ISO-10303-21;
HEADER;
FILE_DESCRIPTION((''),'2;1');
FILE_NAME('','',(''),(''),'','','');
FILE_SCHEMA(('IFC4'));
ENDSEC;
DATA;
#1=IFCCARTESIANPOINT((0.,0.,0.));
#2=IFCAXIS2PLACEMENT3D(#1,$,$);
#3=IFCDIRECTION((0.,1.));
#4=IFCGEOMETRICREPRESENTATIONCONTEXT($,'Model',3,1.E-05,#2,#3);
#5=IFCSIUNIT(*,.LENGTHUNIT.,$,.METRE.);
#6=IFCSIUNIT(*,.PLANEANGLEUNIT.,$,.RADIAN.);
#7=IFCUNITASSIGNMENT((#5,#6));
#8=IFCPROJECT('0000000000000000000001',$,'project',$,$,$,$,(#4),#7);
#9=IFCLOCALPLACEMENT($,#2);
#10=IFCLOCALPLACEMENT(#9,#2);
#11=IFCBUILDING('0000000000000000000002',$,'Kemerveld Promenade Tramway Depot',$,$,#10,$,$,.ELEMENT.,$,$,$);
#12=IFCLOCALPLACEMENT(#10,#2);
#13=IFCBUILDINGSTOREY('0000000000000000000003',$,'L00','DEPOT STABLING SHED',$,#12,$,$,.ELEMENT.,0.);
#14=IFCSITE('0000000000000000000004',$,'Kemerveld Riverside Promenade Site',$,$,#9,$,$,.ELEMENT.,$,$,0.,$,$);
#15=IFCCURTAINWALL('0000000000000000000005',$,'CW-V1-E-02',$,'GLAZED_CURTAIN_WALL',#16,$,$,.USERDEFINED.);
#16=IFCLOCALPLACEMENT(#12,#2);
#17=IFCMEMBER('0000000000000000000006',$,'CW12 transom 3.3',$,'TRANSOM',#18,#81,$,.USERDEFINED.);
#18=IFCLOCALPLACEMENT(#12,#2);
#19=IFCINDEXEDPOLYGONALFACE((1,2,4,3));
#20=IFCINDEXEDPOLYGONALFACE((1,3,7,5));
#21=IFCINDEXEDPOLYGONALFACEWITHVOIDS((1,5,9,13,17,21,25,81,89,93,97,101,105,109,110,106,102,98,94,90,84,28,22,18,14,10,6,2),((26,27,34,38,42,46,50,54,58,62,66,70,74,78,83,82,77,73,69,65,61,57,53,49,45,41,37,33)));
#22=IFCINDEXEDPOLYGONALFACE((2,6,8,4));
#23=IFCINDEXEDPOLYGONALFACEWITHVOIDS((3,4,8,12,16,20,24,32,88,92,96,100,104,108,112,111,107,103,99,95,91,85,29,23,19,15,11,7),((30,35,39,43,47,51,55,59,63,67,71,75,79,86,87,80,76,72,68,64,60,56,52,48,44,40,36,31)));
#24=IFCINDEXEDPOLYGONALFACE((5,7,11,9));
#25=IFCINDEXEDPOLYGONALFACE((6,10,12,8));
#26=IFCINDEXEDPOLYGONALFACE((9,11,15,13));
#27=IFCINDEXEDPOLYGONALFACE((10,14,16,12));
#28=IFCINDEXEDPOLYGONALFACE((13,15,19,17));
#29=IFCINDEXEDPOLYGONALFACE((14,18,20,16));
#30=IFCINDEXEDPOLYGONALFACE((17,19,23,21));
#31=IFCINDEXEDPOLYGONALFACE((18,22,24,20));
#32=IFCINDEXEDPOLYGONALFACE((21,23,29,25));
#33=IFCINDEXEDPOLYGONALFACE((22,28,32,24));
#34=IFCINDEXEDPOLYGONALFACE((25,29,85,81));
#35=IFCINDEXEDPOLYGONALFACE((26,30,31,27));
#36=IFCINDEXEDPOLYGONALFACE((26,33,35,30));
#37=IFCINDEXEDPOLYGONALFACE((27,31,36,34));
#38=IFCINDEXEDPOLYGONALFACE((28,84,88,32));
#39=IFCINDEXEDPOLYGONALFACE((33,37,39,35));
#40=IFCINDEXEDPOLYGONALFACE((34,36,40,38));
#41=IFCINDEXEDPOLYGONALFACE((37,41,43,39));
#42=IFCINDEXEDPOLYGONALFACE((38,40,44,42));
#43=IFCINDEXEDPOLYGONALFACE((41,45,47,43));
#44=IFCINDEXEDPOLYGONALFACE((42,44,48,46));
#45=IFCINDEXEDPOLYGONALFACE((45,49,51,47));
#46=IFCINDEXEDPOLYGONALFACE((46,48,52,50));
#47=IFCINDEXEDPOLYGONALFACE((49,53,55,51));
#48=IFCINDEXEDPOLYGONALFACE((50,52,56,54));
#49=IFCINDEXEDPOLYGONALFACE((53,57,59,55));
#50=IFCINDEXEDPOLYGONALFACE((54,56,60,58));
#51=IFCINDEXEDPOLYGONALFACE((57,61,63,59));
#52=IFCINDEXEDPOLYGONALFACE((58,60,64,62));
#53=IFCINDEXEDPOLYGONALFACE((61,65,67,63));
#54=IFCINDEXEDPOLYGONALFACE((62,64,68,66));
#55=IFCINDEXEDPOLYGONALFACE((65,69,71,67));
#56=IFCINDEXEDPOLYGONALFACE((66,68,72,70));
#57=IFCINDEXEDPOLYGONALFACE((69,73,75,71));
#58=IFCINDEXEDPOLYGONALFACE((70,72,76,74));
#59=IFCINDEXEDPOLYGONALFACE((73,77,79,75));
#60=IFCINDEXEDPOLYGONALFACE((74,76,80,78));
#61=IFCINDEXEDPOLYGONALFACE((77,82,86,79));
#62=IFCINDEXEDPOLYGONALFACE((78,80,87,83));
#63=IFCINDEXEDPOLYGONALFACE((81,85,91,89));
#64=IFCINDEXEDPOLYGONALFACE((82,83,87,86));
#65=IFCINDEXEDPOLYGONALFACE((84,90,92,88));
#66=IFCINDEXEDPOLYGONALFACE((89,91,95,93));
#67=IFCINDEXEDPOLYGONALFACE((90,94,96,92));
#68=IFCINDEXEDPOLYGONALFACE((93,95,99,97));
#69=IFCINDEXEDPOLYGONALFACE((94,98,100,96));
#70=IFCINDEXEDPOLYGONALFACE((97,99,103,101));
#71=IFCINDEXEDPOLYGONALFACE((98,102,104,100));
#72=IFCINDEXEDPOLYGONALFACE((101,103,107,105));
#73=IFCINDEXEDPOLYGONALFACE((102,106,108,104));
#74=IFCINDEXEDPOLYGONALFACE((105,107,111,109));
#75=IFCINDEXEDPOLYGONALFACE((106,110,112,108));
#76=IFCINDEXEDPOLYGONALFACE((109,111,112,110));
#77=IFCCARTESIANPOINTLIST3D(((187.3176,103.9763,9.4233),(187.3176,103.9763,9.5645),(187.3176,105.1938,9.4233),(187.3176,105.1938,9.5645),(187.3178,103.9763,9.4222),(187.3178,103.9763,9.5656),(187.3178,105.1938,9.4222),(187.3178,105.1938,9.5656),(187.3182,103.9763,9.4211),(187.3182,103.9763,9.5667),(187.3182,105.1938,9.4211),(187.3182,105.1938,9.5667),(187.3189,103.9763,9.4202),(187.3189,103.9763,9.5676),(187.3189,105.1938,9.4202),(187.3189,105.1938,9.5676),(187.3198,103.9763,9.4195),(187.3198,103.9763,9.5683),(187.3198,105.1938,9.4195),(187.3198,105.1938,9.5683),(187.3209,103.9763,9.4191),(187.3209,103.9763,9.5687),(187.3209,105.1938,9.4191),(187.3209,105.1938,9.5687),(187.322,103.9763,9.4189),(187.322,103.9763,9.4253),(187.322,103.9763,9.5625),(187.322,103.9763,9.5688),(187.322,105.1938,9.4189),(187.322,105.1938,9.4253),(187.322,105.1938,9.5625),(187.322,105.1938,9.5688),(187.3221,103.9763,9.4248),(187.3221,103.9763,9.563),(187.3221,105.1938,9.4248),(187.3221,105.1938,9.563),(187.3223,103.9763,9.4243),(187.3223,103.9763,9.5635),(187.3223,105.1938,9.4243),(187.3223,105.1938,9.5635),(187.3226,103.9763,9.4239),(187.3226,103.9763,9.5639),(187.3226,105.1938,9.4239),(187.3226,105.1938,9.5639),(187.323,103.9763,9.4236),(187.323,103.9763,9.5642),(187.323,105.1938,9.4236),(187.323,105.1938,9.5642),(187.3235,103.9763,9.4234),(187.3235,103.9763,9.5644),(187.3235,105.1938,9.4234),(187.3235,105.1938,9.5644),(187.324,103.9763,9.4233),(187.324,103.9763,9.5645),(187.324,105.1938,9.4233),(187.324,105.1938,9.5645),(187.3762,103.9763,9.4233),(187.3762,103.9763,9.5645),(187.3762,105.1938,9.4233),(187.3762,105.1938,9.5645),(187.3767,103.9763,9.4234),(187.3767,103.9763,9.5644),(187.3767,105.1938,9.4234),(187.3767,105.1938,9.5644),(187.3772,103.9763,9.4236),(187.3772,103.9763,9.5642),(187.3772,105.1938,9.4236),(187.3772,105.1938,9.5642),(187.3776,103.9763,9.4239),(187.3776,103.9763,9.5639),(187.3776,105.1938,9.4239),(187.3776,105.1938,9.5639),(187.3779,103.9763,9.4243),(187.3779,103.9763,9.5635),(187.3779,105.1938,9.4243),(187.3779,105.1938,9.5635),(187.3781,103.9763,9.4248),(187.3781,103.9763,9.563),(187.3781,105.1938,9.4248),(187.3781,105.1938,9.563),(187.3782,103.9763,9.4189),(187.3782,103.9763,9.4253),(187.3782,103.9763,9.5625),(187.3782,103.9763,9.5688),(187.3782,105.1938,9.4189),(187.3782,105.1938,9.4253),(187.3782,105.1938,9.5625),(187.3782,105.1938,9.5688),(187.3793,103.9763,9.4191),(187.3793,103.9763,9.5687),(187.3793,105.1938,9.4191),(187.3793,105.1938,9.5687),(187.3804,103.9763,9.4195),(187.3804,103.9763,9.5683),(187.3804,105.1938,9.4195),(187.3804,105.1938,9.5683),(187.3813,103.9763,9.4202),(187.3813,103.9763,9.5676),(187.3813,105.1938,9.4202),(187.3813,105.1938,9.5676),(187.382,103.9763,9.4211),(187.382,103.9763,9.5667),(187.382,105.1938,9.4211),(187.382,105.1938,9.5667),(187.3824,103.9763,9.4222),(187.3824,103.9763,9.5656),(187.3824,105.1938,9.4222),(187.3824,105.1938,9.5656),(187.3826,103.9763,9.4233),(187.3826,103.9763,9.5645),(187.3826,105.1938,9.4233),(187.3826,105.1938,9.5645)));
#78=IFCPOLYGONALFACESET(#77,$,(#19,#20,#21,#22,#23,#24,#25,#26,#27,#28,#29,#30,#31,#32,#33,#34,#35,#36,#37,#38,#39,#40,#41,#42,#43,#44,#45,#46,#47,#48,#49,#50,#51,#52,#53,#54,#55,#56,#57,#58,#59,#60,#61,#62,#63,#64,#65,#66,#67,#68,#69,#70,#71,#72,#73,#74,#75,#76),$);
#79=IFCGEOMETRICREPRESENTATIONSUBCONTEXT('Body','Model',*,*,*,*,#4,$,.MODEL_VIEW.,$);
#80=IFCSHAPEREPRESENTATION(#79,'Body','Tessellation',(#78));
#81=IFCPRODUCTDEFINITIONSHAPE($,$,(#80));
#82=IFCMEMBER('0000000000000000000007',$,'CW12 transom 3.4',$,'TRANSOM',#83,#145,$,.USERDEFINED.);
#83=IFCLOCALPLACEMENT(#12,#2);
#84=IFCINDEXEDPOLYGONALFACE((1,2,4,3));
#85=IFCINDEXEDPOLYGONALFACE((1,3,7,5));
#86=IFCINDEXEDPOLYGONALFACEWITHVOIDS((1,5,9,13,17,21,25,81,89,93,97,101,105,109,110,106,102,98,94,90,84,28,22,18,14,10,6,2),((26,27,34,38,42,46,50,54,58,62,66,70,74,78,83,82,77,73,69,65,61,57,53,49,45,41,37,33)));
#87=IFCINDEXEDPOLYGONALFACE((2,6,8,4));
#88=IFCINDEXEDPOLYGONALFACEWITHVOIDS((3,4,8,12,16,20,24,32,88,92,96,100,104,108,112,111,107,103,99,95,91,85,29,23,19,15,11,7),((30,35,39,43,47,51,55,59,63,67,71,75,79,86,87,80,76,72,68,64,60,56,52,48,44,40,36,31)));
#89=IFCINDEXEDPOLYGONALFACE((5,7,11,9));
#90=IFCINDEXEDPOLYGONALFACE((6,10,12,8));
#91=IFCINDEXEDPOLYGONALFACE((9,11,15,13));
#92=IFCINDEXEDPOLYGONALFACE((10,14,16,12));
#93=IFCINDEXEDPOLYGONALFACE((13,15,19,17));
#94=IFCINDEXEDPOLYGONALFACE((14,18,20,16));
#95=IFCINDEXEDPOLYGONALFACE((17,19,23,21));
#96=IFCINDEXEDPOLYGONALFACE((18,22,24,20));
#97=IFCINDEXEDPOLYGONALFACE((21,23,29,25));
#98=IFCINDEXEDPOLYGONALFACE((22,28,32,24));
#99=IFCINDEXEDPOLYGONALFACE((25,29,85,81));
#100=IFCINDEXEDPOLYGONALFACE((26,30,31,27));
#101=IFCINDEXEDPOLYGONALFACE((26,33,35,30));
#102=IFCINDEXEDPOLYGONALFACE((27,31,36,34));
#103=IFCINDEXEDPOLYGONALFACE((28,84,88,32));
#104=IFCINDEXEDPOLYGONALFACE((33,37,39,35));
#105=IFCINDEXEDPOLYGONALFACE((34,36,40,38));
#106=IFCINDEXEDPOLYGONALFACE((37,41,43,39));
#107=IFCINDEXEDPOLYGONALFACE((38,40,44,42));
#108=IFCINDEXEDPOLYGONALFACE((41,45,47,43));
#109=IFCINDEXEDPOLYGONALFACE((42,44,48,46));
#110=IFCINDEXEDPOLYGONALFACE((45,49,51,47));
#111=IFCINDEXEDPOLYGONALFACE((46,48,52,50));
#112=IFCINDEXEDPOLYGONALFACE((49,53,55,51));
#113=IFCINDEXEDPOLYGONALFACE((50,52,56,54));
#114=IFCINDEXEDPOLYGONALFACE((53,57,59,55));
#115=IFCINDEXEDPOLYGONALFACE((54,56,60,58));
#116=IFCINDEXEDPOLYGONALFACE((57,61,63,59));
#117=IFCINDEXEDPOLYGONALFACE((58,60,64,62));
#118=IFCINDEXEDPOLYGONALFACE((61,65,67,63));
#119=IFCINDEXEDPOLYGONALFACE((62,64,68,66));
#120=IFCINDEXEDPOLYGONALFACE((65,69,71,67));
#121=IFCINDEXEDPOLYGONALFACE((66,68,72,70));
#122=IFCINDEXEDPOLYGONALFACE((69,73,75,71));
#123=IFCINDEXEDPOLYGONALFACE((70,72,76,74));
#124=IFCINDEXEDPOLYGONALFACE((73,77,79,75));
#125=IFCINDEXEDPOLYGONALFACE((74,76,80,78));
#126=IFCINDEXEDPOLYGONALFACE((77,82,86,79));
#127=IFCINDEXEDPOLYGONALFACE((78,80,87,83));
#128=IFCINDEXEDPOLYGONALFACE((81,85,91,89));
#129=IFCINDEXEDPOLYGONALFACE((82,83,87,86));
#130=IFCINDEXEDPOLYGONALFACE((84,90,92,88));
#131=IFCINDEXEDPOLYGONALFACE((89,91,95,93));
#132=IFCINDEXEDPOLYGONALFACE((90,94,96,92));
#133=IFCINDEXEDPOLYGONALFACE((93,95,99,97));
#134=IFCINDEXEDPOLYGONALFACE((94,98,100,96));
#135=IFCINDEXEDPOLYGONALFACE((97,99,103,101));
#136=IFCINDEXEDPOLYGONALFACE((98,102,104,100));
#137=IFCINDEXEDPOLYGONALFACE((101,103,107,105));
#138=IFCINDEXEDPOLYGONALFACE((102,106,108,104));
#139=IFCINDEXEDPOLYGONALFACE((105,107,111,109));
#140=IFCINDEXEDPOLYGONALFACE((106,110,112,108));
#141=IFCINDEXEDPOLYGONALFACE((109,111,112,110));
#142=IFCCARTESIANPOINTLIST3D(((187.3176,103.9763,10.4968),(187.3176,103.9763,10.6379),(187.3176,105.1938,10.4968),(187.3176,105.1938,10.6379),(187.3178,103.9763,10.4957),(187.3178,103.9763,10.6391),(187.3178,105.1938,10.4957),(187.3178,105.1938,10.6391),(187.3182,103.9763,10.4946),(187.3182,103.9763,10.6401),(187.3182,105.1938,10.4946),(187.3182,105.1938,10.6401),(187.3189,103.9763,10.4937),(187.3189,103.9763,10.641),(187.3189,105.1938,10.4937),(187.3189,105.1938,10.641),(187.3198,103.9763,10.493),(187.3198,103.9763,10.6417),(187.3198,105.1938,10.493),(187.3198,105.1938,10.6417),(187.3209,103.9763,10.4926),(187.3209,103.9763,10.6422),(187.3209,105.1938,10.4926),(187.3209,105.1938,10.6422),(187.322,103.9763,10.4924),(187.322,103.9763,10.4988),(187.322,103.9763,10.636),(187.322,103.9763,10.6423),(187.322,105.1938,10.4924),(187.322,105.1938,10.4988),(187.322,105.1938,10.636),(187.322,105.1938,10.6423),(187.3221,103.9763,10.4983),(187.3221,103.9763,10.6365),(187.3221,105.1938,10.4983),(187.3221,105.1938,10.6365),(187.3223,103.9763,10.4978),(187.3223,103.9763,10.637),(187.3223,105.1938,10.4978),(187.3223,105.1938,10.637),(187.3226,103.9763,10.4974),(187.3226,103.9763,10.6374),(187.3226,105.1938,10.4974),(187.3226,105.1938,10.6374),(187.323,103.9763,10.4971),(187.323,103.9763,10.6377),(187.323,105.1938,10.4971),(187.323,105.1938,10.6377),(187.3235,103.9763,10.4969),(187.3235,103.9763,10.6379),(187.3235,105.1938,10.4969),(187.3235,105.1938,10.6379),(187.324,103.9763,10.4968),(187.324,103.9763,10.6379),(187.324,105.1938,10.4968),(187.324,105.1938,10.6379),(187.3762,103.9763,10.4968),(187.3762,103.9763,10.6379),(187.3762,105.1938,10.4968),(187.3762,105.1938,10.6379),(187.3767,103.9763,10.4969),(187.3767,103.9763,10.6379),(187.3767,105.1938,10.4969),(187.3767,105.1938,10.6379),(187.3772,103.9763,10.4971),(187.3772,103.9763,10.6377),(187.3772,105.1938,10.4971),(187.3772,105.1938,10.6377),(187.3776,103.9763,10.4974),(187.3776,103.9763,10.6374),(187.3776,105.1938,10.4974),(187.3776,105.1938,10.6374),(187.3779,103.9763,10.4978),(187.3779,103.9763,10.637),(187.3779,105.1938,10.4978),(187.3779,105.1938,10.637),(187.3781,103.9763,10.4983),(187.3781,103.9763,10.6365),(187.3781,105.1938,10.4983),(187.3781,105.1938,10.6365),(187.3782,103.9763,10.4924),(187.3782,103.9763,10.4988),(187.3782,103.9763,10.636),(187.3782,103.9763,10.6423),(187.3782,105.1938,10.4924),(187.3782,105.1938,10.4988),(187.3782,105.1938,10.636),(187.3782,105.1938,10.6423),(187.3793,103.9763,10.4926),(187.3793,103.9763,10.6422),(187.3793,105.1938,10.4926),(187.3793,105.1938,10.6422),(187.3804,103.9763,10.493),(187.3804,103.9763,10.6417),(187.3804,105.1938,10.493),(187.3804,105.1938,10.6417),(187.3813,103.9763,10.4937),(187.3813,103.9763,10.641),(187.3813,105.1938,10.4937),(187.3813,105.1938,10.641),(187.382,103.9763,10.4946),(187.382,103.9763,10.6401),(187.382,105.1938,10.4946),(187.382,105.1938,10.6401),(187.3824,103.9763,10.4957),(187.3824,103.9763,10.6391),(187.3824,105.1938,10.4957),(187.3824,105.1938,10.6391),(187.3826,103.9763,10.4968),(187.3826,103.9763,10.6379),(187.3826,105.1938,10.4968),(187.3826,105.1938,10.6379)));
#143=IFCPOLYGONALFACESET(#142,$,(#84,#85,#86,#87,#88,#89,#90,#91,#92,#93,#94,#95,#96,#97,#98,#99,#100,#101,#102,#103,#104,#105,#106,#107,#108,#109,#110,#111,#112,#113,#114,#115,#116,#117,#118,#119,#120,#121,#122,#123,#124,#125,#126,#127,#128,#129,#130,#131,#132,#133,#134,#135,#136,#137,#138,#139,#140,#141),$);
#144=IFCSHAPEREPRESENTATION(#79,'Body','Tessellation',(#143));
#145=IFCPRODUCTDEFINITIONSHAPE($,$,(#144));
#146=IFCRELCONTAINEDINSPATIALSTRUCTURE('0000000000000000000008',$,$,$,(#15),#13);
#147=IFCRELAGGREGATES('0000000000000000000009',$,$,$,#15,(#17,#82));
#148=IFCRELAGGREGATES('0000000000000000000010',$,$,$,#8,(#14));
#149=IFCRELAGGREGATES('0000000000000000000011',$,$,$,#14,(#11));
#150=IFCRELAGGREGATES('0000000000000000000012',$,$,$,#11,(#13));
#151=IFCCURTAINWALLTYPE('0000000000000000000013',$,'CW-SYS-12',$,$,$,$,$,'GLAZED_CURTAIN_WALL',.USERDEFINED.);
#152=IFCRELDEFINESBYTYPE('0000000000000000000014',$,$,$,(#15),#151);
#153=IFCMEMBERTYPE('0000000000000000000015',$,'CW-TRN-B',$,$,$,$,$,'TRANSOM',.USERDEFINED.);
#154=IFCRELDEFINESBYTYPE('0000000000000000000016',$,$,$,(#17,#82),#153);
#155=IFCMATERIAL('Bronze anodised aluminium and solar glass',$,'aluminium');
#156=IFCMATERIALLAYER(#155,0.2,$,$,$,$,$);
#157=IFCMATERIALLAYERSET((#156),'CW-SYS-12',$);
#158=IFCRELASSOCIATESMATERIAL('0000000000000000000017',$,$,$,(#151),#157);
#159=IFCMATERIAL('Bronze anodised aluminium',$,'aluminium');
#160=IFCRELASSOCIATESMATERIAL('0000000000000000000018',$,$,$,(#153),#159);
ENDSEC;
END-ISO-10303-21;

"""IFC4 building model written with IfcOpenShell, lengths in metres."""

from ifc_helpers import new_model, si_unit, direction, frame, origin, origin_2d, place, context, subcontext, project, spatial, hollow_rectangle, extrude, material, layer, layer_set, material_profile, profile_set, type_object, element, aggregate, save


model = new_model("IFC4")

# Units and contexts
model_context = context("Model", 3, precision=1e-05, world=origin(), true_north=direction((0.0, 1.0)))
body_context = subcontext(model_context, "Body", "Model", "MODEL_VIEW")
ifc_project = project(units=[si_unit("LENGTHUNIT", "METRE"), si_unit("PLANEANGLEUNIT", "RADIAN")], contexts=[model_context])

# Site, building, storey
site_placement = place(None, origin())
site = spatial("IfcSite", under=ifc_project, at=site_placement, Name="Kemerveld Riverside Promenade Site", CompositionType="ELEMENT", RefElevation=0.0)
building_placement = place(site_placement, origin())
building = spatial("IfcBuilding", under=site, at=building_placement, Name="Kemerveld Promenade Tramway Depot", CompositionType="ELEMENT")
storey_placement = place(building_placement, origin())
storey = spatial("IfcBuildingStorey", under=building, at=storey_placement, Name="L00", Description="DEPOT STABLING SHED", CompositionType="ELEMENT", Elevation=0.0)

# Curtain wall, members
ifc_material_1 = material(Name="Bronze anodised aluminium and solar glass", Category="aluminium")
ifc_material_2 = material(Name="Bronze anodised aluminium", Category="aluminium")
ifc_layer_1 = layer(ifc_material_1, 0.2)
ifc_layer_set_1 = layer_set([ifc_layer_1], Name="CW-SYS-12")
curtain_wall_type_1 = type_object("IfcCurtainWallType", Name="CW-SYS-12", ElementType="GLAZED_CURTAIN_WALL", PredefinedType="USERDEFINED", material=ifc_layer_set_1)
curtain_wall_1_placement = place(storey_placement, origin())
curtain_wall_1 = element("IfcCurtainWall", 1, at=curtain_wall_1_placement, inside=storey, type_object=curtain_wall_type_1, Name="CW-V1-E-02", ObjectType="GLAZED_CURTAIN_WALL", PredefinedType="USERDEFINED")
ifc_material_profile_1 = material_profile(ifc_material_2, hollow_rectangle(XDim=0.0649, YDim=0.1499, WallThickness=0.0044, InnerFilletRadius=0.002, OuterFilletRadius=0.0044, at=origin_2d()), Name="CW-TRN-150x65")
ifc_profile_set_1 = profile_set([ifc_material_profile_1], Name="Bronze anodised aluminium")
member_type_1 = type_object("IfcMemberType", Name="CW-TRN-B", ElementType="TRANSOM", PredefinedType="USERDEFINED", material=ifc_profile_set_1)
member_1_placement = place(storey_placement, frame((187.3501, 105.1938, 9.4939), z_axis=(0.0, -1.0, 0.0), x_axis=(1.0, 0.0, 0.0)))
member_1 = element("IfcMember", 2, at=member_1_placement, type_object=member_type_1, Name="CW12 transom 3.3", ObjectType="TRANSOM", PredefinedType="USERDEFINED", context=body_context, shape_type="SweptSolid", body=[
    extrude(hollow_rectangle(XDim=0.0649, YDim=0.1499, WallThickness=0.0044, InnerFilletRadius=0.002, OuterFilletRadius=0.0044, at=origin_2d()), origin(), (0.0, 0.0, 1.0), 1.2175),
])
member_2_placement = place(storey_placement, frame((187.3501, 105.1938, 10.5674), z_axis=(0.0, -1.0, 0.0), x_axis=(1.0, 0.0, 0.0)))
member_2 = element("IfcMember", 3, at=member_2_placement, type_object=member_type_1, Name="CW12 transom 3.4", ObjectType="TRANSOM", PredefinedType="USERDEFINED", context=body_context, shape_type="SweptSolid", body=[
    extrude(hollow_rectangle(XDim=0.0649, YDim=0.1499, WallThickness=0.0044, InnerFilletRadius=0.002, OuterFilletRadius=0.0044, at=origin_2d()), origin(), (0.0, 0.0, 1.0), 1.2175),
])

aggregate(curtain_wall_1, [member_1, member_2])

save(model, "model.ifc")
